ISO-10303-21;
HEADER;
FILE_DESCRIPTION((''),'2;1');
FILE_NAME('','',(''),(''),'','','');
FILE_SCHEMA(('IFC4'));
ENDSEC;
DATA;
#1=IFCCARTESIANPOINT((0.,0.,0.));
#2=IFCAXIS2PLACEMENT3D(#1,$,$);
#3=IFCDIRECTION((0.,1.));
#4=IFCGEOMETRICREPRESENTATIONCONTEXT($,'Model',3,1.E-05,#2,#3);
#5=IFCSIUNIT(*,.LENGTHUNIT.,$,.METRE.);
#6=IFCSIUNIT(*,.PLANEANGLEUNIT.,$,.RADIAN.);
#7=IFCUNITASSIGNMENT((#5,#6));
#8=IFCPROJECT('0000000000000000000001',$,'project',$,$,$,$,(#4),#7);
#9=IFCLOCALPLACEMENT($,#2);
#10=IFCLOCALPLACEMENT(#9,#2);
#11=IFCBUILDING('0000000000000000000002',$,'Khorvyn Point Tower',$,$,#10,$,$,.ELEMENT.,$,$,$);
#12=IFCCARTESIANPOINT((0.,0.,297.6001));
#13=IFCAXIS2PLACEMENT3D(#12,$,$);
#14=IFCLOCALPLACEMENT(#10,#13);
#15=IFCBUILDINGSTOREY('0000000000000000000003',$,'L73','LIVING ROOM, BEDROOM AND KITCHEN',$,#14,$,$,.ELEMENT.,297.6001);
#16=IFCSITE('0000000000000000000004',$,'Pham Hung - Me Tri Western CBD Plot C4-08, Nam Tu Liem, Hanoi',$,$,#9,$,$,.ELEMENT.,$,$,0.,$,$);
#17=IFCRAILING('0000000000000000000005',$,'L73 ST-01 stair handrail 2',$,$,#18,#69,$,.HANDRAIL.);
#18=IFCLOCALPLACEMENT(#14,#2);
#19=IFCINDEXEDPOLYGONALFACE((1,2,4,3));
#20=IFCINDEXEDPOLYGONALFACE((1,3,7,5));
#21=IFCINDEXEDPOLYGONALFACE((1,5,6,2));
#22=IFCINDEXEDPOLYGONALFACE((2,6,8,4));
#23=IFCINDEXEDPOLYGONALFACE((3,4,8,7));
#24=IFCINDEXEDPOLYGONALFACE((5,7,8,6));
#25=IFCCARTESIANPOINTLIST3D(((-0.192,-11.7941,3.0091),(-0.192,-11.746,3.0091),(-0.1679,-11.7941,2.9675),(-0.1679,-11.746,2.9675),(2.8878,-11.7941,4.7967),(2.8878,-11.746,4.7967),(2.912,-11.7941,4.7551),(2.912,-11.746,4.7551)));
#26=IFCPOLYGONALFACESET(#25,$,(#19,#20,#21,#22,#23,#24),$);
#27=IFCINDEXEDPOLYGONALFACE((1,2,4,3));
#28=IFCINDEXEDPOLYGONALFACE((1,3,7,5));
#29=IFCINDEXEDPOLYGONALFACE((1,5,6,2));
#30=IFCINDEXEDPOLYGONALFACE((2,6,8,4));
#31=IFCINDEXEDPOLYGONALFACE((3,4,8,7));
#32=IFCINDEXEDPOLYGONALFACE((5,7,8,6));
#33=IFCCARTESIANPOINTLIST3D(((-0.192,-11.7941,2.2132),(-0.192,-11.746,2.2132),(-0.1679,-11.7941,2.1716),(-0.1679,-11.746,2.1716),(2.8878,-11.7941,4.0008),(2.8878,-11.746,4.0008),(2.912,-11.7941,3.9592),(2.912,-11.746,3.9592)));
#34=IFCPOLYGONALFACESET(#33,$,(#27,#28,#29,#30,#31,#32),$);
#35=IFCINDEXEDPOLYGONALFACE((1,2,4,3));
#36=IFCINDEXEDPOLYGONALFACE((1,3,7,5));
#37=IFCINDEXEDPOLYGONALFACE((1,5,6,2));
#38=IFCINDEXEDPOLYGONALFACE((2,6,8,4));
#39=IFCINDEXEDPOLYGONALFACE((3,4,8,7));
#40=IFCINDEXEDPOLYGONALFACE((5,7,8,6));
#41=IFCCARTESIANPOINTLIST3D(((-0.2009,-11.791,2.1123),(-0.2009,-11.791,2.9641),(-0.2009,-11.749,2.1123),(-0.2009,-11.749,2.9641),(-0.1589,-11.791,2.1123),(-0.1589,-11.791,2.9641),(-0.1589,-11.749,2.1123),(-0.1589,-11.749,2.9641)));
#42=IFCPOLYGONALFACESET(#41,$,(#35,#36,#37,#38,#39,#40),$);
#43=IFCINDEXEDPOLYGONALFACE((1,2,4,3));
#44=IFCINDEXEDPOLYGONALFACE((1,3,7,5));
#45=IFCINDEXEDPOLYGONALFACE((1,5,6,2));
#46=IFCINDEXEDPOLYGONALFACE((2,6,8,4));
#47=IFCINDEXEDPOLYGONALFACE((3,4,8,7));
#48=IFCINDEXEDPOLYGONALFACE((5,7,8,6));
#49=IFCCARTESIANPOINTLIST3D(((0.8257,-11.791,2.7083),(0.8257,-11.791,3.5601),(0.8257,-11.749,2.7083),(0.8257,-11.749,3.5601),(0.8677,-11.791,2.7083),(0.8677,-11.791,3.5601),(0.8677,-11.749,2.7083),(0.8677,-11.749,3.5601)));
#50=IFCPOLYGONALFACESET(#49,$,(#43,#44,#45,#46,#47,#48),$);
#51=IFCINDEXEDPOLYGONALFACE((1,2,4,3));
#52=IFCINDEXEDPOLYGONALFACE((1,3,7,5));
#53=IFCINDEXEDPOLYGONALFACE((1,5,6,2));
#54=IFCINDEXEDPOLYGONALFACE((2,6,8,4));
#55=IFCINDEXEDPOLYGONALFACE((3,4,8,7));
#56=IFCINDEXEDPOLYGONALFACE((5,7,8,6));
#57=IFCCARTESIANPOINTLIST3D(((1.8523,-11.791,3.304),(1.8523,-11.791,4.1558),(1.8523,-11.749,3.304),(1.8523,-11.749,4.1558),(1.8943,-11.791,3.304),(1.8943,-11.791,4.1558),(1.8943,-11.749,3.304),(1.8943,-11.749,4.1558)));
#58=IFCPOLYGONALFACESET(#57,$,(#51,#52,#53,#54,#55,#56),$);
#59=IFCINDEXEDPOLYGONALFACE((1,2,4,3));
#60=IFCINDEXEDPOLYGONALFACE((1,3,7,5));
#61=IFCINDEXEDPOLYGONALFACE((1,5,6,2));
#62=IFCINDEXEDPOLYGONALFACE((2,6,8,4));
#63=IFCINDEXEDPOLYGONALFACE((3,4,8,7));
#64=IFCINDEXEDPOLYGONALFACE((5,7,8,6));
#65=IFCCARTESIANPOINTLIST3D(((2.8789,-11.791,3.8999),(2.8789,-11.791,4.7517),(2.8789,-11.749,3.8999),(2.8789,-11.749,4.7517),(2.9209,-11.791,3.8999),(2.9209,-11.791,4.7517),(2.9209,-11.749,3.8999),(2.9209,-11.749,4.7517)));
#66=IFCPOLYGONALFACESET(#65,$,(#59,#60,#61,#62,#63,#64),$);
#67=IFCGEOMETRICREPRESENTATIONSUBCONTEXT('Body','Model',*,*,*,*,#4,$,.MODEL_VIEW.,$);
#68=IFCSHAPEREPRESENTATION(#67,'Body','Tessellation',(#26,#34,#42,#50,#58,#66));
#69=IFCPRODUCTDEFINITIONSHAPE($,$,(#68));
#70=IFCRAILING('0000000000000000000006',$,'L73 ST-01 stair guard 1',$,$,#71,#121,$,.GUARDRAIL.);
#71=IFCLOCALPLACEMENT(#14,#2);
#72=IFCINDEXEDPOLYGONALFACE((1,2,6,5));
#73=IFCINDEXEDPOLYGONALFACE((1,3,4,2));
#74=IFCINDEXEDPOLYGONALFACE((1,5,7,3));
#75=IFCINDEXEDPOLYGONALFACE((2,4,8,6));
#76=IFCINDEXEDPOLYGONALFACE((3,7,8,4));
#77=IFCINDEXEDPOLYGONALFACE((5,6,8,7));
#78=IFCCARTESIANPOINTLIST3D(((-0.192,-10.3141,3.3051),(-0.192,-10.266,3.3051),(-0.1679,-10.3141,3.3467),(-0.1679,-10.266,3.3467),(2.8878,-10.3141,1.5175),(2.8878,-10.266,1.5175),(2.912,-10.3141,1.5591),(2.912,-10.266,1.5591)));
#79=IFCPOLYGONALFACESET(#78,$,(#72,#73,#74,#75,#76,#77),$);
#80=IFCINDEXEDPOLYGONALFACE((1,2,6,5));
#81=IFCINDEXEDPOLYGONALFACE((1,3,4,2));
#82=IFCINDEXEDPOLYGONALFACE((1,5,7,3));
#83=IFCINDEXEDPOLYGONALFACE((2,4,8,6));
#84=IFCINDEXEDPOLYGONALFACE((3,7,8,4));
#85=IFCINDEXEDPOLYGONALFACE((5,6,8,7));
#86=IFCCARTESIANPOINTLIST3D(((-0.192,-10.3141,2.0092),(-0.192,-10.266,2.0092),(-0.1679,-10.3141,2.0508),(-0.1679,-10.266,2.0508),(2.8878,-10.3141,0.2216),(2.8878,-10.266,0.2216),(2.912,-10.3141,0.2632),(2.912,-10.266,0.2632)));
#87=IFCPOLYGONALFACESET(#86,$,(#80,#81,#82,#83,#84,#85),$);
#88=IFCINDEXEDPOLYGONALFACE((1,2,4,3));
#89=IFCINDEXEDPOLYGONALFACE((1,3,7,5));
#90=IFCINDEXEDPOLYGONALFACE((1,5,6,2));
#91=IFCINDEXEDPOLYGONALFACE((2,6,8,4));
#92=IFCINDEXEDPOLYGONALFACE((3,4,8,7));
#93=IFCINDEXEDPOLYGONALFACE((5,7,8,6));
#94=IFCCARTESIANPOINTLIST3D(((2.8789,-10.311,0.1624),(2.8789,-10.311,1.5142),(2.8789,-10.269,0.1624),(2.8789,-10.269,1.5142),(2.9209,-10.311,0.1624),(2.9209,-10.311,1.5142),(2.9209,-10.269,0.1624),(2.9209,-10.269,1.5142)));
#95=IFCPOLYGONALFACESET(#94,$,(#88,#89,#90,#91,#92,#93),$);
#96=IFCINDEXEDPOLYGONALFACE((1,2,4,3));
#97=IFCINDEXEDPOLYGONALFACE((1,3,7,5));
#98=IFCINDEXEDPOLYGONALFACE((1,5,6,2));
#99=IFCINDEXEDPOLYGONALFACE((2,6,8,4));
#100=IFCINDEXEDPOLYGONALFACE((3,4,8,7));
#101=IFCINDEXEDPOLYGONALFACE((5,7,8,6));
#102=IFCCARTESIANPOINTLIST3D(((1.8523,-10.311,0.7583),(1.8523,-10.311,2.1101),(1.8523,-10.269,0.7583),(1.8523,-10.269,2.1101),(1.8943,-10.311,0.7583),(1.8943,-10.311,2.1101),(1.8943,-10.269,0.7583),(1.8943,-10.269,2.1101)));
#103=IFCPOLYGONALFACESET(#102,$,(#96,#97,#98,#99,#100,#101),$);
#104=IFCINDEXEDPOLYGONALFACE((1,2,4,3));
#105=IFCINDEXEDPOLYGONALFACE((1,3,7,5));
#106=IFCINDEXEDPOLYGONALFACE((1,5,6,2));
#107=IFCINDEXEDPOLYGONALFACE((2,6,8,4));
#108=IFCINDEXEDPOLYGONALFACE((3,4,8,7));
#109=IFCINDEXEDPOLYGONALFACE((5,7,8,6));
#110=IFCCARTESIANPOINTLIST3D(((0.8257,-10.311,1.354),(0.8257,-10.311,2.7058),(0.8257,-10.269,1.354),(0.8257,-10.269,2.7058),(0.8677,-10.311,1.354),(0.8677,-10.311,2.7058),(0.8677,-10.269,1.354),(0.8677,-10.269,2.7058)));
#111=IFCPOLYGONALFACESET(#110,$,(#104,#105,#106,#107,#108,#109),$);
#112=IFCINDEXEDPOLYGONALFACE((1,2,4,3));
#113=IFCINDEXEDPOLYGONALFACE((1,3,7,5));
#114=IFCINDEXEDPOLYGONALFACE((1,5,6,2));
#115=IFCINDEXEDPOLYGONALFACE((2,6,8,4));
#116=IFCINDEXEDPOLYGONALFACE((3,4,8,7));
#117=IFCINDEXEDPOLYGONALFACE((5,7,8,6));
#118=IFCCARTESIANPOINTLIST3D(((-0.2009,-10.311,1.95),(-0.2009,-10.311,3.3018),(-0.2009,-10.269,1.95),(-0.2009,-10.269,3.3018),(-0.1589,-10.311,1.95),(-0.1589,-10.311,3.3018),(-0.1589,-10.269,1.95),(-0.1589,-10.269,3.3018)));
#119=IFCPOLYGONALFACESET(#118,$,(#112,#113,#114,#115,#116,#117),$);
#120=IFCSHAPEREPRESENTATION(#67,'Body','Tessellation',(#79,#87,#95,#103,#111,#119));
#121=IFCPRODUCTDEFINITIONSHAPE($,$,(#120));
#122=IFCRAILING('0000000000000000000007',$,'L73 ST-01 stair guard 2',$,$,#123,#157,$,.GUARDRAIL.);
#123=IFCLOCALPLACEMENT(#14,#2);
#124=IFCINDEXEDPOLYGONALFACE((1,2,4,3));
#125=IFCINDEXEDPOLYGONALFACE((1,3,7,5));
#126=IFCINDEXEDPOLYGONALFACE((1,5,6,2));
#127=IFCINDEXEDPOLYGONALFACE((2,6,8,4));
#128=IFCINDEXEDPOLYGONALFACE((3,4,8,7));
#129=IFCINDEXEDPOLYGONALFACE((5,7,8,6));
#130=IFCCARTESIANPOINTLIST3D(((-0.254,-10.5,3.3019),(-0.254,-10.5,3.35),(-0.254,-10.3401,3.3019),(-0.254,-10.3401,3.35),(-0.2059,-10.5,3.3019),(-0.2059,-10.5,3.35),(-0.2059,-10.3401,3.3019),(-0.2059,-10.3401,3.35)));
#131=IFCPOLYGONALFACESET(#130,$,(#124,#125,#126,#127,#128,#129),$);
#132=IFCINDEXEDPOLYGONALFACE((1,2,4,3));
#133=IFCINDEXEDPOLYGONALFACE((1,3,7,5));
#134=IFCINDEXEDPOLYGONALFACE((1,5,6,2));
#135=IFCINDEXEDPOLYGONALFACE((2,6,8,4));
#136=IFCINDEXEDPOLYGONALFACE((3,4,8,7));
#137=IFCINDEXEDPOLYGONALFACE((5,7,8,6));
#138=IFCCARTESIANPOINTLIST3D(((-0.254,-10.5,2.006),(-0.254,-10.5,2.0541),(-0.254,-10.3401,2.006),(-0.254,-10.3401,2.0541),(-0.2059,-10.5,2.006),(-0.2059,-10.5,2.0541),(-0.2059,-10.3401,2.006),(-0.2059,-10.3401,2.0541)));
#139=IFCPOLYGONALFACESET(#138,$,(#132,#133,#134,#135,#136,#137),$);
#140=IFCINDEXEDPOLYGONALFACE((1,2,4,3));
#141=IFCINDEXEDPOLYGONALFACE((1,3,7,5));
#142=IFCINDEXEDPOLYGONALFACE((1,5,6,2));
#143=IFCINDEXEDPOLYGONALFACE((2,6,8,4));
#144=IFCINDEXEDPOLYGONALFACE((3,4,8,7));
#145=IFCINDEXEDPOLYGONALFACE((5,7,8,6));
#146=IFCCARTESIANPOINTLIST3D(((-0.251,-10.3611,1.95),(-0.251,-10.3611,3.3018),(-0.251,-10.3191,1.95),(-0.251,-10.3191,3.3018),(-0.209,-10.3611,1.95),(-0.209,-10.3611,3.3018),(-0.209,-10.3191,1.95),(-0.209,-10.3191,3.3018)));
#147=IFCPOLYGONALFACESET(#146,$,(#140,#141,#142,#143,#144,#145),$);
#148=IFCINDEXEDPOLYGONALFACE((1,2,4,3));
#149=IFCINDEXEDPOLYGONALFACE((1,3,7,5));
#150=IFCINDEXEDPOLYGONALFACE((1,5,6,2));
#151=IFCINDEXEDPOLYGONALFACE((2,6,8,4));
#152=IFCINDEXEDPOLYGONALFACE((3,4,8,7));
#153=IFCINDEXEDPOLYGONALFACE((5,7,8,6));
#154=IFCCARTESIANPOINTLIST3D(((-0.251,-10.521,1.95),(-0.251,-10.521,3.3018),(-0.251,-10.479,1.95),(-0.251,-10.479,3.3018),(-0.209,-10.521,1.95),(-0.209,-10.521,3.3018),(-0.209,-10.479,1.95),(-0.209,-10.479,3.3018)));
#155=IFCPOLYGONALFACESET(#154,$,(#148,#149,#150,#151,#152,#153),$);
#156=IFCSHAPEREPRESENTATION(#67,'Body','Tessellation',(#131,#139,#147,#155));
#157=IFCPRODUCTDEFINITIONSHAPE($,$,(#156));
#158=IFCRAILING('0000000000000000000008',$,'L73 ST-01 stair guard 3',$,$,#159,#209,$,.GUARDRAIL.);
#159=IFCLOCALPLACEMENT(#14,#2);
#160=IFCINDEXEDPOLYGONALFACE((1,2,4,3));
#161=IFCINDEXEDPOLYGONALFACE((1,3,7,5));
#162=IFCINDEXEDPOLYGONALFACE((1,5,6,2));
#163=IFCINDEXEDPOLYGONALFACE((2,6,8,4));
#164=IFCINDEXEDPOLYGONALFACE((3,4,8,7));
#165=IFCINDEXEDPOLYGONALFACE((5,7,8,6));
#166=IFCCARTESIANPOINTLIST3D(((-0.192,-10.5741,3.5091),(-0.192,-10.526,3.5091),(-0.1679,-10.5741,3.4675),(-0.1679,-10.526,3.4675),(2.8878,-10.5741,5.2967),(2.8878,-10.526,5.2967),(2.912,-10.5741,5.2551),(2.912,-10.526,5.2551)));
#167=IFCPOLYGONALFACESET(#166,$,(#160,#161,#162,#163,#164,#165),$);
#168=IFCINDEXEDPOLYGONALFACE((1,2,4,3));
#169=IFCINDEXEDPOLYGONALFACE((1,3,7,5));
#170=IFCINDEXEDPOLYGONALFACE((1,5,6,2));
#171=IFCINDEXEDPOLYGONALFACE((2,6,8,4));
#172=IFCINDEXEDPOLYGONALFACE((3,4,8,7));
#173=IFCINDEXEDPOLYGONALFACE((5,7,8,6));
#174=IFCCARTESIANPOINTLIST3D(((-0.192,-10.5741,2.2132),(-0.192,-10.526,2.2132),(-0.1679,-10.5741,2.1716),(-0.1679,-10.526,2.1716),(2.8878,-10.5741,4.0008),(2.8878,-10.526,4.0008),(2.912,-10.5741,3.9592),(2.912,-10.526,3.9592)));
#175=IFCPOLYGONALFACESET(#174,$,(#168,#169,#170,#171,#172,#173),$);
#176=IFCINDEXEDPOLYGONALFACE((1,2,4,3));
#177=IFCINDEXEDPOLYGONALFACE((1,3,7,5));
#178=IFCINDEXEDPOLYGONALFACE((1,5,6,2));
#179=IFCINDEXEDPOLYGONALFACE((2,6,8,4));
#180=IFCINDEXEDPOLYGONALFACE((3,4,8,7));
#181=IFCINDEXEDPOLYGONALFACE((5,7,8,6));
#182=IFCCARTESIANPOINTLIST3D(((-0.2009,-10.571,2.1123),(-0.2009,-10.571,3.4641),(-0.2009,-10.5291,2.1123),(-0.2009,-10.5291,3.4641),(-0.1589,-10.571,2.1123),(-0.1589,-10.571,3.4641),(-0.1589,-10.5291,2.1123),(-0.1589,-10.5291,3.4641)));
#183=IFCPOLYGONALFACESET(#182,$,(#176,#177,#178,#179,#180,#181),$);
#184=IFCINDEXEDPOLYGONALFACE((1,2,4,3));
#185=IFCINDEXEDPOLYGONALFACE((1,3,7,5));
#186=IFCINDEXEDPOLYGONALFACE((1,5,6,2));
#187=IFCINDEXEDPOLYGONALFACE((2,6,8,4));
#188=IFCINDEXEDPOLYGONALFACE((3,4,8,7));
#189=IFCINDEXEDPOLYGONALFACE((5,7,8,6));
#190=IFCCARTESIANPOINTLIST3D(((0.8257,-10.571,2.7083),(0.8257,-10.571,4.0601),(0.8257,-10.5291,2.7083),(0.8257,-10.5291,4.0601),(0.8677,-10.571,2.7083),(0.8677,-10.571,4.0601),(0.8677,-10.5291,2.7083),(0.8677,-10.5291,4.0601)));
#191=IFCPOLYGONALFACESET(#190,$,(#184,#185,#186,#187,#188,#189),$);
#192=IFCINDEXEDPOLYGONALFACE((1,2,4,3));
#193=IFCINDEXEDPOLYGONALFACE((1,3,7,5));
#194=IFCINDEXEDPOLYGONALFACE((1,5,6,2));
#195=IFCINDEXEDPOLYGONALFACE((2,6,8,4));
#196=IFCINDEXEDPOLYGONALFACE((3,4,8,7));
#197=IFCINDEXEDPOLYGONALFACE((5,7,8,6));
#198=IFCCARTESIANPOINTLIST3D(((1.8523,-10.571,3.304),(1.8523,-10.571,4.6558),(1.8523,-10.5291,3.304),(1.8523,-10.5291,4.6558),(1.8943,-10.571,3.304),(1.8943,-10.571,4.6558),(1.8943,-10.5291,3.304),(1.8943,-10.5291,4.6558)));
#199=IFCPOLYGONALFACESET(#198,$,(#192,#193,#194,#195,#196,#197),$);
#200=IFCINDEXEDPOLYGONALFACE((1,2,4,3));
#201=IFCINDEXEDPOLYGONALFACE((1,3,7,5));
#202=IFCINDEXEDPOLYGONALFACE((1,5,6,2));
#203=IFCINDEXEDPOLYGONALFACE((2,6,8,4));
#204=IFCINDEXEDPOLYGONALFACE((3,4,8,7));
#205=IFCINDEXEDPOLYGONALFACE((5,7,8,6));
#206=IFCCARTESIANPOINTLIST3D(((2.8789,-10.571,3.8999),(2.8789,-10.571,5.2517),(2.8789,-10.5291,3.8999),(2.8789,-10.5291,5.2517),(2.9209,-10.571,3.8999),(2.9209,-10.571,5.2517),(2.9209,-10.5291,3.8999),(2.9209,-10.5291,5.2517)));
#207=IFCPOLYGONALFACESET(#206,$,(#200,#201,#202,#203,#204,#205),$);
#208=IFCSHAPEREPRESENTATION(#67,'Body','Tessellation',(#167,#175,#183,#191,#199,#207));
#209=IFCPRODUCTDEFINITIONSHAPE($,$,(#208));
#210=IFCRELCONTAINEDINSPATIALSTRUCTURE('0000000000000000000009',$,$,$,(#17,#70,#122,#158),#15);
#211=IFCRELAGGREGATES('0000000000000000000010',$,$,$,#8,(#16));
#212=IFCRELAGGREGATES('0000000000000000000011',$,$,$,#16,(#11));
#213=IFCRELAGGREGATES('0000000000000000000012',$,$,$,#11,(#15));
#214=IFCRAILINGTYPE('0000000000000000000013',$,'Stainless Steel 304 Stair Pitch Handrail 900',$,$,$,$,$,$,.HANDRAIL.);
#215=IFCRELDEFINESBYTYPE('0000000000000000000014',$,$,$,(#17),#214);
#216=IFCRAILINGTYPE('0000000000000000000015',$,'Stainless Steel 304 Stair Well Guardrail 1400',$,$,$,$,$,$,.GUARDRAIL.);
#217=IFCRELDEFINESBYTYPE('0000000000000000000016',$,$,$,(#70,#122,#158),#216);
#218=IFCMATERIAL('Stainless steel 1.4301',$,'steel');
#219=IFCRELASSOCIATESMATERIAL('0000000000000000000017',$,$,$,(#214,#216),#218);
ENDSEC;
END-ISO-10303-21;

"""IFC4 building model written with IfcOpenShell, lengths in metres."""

from ifc_helpers import new_model, si_unit, direction, frame, origin, origin_2d, place, context, subcontext, project, spatial, rectangle, extrude, material, type_object, element, save


model = new_model("IFC4")

# Units and contexts
model_context = context("Model", 3, precision=1e-05, world=origin(), true_north=direction((0.0, 1.0)))
body_context = subcontext(model_context, "Body", "Model", "MODEL_VIEW")
ifc_project = project(units=[si_unit("LENGTHUNIT", "METRE"), si_unit("PLANEANGLEUNIT", "RADIAN")], contexts=[model_context])

# Site, building, storey
site_placement = place(None, origin())
site = spatial("IfcSite", under=ifc_project, at=site_placement, Name="Pham Hung - Me Tri Western CBD Plot C4-08, Nam Tu Liem, Hanoi", CompositionType="ELEMENT", RefElevation=0.0)
building_placement = place(site_placement, origin())
building = spatial("IfcBuilding", under=site, at=building_placement, Name="Khorvyn Point Tower", CompositionType="ELEMENT")
storey_placement = place(building_placement, frame((0.0, 0.0, 297.6001)))
storey = spatial("IfcBuildingStorey", under=building, at=storey_placement, Name="L73", Description="LIVING ROOM, BEDROOM AND KITCHEN", CompositionType="ELEMENT", Elevation=297.6001)

# Shared definitions
ifc_material_1 = material(Name="Stainless steel 1.4301", Category="steel")

# Railings
railing_type_1 = type_object("IfcRailingType", Name="Stainless Steel 304 Stair Pitch Handrail 900", PredefinedType="HANDRAIL", material=ifc_material_1)
railing_1_placement = place(storey_placement, frame((-0.1799, -11.77, 2.1123)))
element("IfcRailing", 1, at=railing_1_placement, inside=storey, type_object=railing_type_1, Name="L73 ST-01 stair handrail 2", PredefinedType="HANDRAIL", context=body_context, shape_type="SweptSolid", body=[
    extrude(rectangle(XDim=0.0481, YDim=0.0481, at=origin_2d()), frame((0.0, 0.0, 0.876), z_axis=(0.864873, 0.0, 0.50199), x_axis=(0.0, 1.0, 0.0)), (0.0, 0.0, 1.0), 3.561),
    extrude(rectangle(XDim=0.0481, YDim=0.0481, at=origin_2d()), frame((0.0, 0.0, 0.0801), z_axis=(0.864873, 0.0, 0.50199), x_axis=(0.0, 1.0, 0.0)), (0.0, 0.0, 1.0), 3.561),
    extrude(rectangle(XDim=0.042, YDim=0.042, at=origin_2d()), origin(), (0.0, 0.0, 1.0), 0.8518),
    extrude(rectangle(XDim=0.042, YDim=0.042, at=origin_2d()), frame((1.0266, 0.0, 0.5959)), (0.0, 0.0, 1.0), 0.8518),
    extrude(rectangle(XDim=0.042, YDim=0.042, at=origin_2d()), frame((2.0532, 0.0, 1.1917)), (0.0, 0.0, 1.0), 0.8518),
    extrude(rectangle(XDim=0.042, YDim=0.042, at=origin_2d()), frame((3.0798, 0.0, 1.7876)), (0.0, 0.0, 1.0), 0.8518),
])
railing_type_2 = type_object("IfcRailingType", Name="Stainless Steel 304 Stair Well Guardrail 1400", PredefinedType="GUARDRAIL", material=ifc_material_1)
railing_2_placement = place(storey_placement, frame((2.8999, -10.29, 0.1624)))
element("IfcRailing", 2, at=railing_2_placement, inside=storey, type_object=railing_type_2, Name="L73 ST-01 stair guard 1", PredefinedType="GUARDRAIL", context=body_context, shape_type="SweptSolid", body=[
    extrude(rectangle(XDim=0.0481, YDim=0.0481, at=origin_2d()), frame((0.0, 0.0, 1.376), z_axis=(-0.864873, 0.0, 0.50199), x_axis=(0.0, -1.0, 0.0)), (0.0, 0.0, 1.0), 3.561),
    extrude(rectangle(XDim=0.0481, YDim=0.0481, at=origin_2d()), frame((0.0, 0.0, 0.0801), z_axis=(-0.864873, 0.0, 0.50199), x_axis=(0.0, -1.0, 0.0)), (0.0, 0.0, 1.0), 3.561),
    extrude(rectangle(XDim=0.042, YDim=0.042, at=origin_2d()), origin(), (0.0, 0.0, 1.0), 1.3518),
    extrude(rectangle(XDim=0.042, YDim=0.042, at=origin_2d()), frame((-1.0266, 0.0, 0.5959)), (0.0, 0.0, 1.0), 1.3518),
    extrude(rectangle(XDim=0.042, YDim=0.042, at=origin_2d()), frame((-2.0532, 0.0, 1.1917)), (0.0, 0.0, 1.0), 1.3518),
    extrude(rectangle(XDim=0.042, YDim=0.042, at=origin_2d()), frame((-3.0798, 0.0, 1.7876)), (0.0, 0.0, 1.0), 1.3518),
])
railing_3_placement = place(storey_placement, frame((-0.23, -10.3401, 1.95)))
element("IfcRailing", 3, at=railing_3_placement, inside=storey, type_object=railing_type_2, Name="L73 ST-01 stair guard 2", PredefinedType="GUARDRAIL", context=body_context, shape_type="SweptSolid", body=[
    extrude(rectangle(XDim=0.0481, YDim=0.0481, at=origin_2d()), frame((0.0, 0.0, 1.376), z_axis=(0.0, -1.0, 0.0), x_axis=(1.0, 0.0, 0.0)), (0.0, 0.0, 1.0), 0.1599),
    extrude(rectangle(XDim=0.0481, YDim=0.0481, at=origin_2d()), frame((0.0, 0.0, 0.0801), z_axis=(0.0, -1.0, 0.0), x_axis=(1.0, 0.0, 0.0)), (0.0, 0.0, 1.0), 0.1599),
    extrude(rectangle(XDim=0.042, YDim=0.042, at=origin_2d()), origin(), (0.0, 0.0, 1.0), 1.3518),
    extrude(rectangle(XDim=0.042, YDim=0.042, at=origin_2d()), frame((0.0, -0.1599, 0.0)), (0.0, 0.0, 1.0), 1.3518),
])
railing_4_placement = place(storey_placement, frame((-0.1799, -10.55, 2.1123)))
element("IfcRailing", 4, at=railing_4_placement, inside=storey, type_object=railing_type_2, Name="L73 ST-01 stair guard 3", PredefinedType="GUARDRAIL", context=body_context, shape_type="SweptSolid", body=[
    extrude(rectangle(XDim=0.0481, YDim=0.0481, at=origin_2d()), frame((0.0, 0.0, 1.376), z_axis=(0.864873, 0.0, 0.50199), x_axis=(0.0, 1.0, 0.0)), (0.0, 0.0, 1.0), 3.561),
    extrude(rectangle(XDim=0.0481, YDim=0.0481, at=origin_2d()), frame((0.0, 0.0, 0.0801), z_axis=(0.864873, 0.0, 0.50199), x_axis=(0.0, 1.0, 0.0)), (0.0, 0.0, 1.0), 3.561),
    extrude(rectangle(XDim=0.042, YDim=0.042, at=origin_2d()), origin(), (0.0, 0.0, 1.0), 1.3518),
    extrude(rectangle(XDim=0.042, YDim=0.042, at=origin_2d()), frame((1.0266, 0.0, 0.5959)), (0.0, 0.0, 1.0), 1.3518),
    extrude(rectangle(XDim=0.042, YDim=0.042, at=origin_2d()), frame((2.0532, 0.0, 1.1917)), (0.0, 0.0, 1.0), 1.3518),
    extrude(rectangle(XDim=0.042, YDim=0.042, at=origin_2d()), frame((3.0798, 0.0, 1.7876)), (0.0, 0.0, 1.0), 1.3518),
])

save(model, "model.ifc")
